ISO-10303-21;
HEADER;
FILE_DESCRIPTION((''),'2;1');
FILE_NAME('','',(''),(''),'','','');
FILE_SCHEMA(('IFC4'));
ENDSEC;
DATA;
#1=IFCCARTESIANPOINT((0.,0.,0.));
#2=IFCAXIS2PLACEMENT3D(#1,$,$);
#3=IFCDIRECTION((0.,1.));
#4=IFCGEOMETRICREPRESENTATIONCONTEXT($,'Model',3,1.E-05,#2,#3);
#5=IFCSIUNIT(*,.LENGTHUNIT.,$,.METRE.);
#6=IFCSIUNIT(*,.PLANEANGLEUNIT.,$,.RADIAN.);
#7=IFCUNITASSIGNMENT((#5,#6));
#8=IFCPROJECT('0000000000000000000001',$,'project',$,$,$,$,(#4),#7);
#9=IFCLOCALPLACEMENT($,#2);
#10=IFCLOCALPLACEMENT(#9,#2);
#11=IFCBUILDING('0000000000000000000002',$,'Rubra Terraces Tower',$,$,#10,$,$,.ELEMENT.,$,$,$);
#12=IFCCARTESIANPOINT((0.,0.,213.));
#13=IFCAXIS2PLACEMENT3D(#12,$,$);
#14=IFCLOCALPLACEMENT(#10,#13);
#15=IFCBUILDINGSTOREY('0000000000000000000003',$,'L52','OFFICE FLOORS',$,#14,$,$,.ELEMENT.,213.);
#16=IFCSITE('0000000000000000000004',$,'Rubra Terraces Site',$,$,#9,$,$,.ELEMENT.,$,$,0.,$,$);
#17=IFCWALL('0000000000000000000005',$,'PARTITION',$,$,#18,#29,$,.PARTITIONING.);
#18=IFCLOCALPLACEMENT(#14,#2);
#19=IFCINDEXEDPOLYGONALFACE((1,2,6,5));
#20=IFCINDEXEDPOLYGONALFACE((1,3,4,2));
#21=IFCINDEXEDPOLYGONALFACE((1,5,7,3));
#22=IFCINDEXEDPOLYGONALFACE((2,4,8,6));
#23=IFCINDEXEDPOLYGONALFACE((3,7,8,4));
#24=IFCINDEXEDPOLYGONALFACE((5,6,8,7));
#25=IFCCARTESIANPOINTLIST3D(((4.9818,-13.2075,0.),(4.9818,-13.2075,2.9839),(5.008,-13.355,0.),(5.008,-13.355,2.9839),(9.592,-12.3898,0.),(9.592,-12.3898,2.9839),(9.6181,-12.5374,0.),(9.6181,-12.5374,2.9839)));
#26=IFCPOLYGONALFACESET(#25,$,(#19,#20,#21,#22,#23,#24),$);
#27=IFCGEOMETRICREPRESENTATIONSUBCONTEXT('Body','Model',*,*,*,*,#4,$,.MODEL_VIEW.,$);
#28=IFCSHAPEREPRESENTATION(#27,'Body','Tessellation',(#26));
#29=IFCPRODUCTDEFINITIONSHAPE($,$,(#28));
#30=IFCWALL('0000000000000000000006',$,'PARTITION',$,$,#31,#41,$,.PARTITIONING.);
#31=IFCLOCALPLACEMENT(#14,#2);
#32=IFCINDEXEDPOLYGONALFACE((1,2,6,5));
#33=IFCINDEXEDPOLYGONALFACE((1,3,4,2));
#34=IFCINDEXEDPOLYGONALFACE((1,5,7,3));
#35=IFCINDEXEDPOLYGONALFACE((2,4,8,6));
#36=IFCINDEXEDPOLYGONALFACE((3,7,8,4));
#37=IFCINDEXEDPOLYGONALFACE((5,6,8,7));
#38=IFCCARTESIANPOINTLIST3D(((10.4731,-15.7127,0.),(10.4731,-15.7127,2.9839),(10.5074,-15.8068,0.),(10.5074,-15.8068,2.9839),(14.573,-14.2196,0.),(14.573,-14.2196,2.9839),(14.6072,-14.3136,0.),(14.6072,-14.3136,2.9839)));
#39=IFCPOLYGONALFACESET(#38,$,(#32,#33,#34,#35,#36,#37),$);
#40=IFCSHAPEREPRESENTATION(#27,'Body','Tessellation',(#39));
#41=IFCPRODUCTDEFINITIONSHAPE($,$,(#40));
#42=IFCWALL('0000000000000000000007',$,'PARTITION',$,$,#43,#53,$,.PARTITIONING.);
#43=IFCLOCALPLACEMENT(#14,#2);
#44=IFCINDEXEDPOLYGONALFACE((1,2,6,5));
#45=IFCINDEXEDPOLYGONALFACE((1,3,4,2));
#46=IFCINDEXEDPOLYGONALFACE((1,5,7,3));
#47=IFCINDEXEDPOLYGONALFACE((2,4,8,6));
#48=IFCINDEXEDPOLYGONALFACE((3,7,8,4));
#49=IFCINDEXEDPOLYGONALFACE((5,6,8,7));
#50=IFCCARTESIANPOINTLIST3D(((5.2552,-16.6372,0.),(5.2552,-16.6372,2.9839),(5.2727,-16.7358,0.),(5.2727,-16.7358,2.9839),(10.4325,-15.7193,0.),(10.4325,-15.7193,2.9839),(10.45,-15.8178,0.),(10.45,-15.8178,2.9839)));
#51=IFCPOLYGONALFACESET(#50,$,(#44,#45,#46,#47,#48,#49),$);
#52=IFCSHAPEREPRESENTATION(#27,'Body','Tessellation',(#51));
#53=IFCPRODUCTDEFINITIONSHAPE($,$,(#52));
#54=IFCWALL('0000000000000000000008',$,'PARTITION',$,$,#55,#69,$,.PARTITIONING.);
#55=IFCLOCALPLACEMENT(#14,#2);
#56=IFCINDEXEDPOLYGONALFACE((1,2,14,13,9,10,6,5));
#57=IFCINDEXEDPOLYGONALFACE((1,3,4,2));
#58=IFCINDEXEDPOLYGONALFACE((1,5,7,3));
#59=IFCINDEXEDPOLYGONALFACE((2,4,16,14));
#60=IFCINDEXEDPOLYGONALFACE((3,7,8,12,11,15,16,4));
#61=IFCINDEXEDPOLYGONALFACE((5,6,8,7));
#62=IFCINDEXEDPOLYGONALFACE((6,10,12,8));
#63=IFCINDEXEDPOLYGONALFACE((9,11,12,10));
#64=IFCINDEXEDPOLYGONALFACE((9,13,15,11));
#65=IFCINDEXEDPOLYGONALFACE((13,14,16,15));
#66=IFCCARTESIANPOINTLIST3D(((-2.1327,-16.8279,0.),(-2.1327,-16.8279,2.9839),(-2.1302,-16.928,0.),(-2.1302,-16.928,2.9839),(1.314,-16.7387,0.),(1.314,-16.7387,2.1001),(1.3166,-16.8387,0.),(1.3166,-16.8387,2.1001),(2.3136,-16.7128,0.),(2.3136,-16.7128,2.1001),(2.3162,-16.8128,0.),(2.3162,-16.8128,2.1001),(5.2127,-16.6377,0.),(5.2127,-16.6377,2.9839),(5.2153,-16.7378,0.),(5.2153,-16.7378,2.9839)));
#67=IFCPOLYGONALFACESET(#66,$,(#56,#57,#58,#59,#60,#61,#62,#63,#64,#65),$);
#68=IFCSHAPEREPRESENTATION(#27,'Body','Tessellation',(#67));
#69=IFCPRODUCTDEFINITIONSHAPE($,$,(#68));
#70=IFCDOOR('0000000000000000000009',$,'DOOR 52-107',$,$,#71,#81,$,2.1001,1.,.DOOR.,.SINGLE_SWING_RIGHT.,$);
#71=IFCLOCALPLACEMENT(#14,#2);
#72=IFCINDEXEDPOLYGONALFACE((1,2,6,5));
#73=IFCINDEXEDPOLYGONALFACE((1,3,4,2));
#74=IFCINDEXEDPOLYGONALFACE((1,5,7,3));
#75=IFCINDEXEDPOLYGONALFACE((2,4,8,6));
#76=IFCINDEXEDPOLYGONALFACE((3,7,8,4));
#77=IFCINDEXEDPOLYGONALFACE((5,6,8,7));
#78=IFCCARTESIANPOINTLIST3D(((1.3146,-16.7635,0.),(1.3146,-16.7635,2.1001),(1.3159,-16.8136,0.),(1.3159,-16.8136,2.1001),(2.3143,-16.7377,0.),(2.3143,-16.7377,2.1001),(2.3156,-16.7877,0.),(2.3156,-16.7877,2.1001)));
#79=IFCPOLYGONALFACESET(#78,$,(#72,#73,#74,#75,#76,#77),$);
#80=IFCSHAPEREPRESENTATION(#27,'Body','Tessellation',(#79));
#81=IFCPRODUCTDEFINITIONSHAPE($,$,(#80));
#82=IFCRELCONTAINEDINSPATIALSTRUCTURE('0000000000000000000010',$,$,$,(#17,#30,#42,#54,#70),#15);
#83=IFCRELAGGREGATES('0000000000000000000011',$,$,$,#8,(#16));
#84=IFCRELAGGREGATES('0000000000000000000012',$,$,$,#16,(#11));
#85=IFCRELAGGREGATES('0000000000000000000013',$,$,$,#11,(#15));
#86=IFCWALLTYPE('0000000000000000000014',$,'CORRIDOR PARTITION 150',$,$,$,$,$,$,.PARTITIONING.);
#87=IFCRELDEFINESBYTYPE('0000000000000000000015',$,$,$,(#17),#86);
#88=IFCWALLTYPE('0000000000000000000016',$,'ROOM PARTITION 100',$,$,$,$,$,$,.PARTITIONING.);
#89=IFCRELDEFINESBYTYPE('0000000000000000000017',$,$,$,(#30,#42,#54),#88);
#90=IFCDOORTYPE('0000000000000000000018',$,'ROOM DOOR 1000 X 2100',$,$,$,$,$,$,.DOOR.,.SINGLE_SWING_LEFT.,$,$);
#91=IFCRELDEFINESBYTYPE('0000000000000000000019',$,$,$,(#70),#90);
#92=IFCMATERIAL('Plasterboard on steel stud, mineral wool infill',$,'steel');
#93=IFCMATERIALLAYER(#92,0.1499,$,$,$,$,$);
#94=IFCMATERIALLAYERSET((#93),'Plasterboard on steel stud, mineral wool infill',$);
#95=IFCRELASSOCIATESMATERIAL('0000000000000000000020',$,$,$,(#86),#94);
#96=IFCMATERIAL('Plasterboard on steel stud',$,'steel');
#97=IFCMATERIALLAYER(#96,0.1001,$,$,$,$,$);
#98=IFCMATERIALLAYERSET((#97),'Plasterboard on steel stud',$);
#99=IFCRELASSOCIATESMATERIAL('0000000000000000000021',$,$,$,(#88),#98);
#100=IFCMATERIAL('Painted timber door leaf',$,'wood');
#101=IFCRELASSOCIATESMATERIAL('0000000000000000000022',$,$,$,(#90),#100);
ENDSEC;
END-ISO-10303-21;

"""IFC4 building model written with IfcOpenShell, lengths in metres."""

from ifc_helpers import new_model, si_unit, direction, frame, frame_2d, origin, place, context, subcontext, project, spatial, rectangle, extrude, material, layer, layer_set, type_object, element, fill, save


model = new_model("IFC4")

# Units and contexts
model_context = context("Model", 3, precision=1e-05, world=origin(), true_north=direction((0.0, 1.0)))
body_context = subcontext(model_context, "Body", "Model", "MODEL_VIEW")
ifc_project = project(units=[si_unit("LENGTHUNIT", "METRE"), si_unit("PLANEANGLEUNIT", "RADIAN")], contexts=[model_context])

# Site, building, storey
site_placement = place(None, origin())
site = spatial("IfcSite", under=ifc_project, at=site_placement, Name="Rubra Terraces Site", CompositionType="ELEMENT", RefElevation=0.0)
building_placement = place(site_placement, origin())
building = spatial("IfcBuilding", under=site, at=building_placement, Name="Rubra Terraces Tower", CompositionType="ELEMENT")
storey_placement = place(building_placement, frame((0.0, 0.0, 213.0)))
storey = spatial("IfcBuildingStorey", under=building, at=storey_placement, Name="L52", Description="OFFICE FLOORS", CompositionType="ELEMENT", Elevation=213.0)

# Walls
ifc_material_1 = material(Name="Plasterboard on steel stud, mineral wool infill", Category="steel")
ifc_layer_1 = layer(ifc_material_1, 0.1499)
ifc_layer_set_1 = layer_set([ifc_layer_1], Name="Plasterboard on steel stud, mineral wool infill")
wall_type_1 = type_object("IfcWallType", Name="CORRIDOR PARTITION 150", PredefinedType="PARTITIONING", material=ifc_layer_set_1)
wall_1_placement = place(storey_placement, frame((4.9949, -13.2812, 0.0), z_axis=(0.0, 0.0, 1.0), x_axis=(0.984634, 0.17463, 0.0)))
element("IfcWall", 1, at=wall_1_placement, inside=storey, type_object=wall_type_1, Name="PARTITION", PredefinedType="PARTITIONING", context=body_context, shape_type="SweptSolid", body=[
    extrude(rectangle(XDim=4.6821, YDim=0.1499, at=frame_2d((2.3411, 0.0))), origin(), (0.0, 0.0, 1.0), 2.9839),
])
ifc_material_2 = material(Name="Plasterboard on steel stud", Category="steel")
ifc_layer_2 = layer(ifc_material_2, 0.1001)
ifc_layer_set_2 = layer_set([ifc_layer_2], Name="Plasterboard on steel stud")
wall_type_2 = type_object("IfcWallType", Name="ROOM PARTITION 100", PredefinedType="PARTITIONING", material=ifc_layer_set_2)
wall_2_placement = place(storey_placement, frame((14.5901, -14.2666, 0.0), z_axis=(0.0, 0.0, 1.0), x_axis=(-0.939623, -0.34221, 0.0)))
element("IfcWall", 2, at=wall_2_placement, inside=storey, type_object=wall_type_2, Name="PARTITION", PredefinedType="PARTITIONING", context=body_context, shape_type="SweptSolid", body=[
    extrude(rectangle(XDim=4.3633, YDim=0.1001, at=frame_2d((2.1816, 0.0))), origin(), (0.0, 0.0, 1.0), 2.9839),
])
wall_3_placement = place(storey_placement, frame((10.4412, -15.7686, 0.0), z_axis=(0.0, 0.0, 1.0), x_axis=(-0.984642, -0.174585, 0.0)))
element("IfcWall", 3, at=wall_3_placement, inside=storey, type_object=wall_type_2, Name="PARTITION", PredefinedType="PARTITIONING", context=body_context, shape_type="SweptSolid", body=[
    extrude(rectangle(XDim=5.2581, YDim=0.1001, at=frame_2d((2.6289, 0.0))), origin(), (0.0, 0.0, 1.0), 2.9839),
])

# Wall, opening, door
wall_4_placement = place(storey_placement, frame((5.2139, -16.6877, 0.0), z_axis=(0.0, 0.0, 1.0), x_axis=(-0.999665, -0.025883, 0.0)))
wall_4 = element("IfcWall", 4, at=wall_4_placement, inside=storey, type_object=wall_type_2, Name="PARTITION", PredefinedType="PARTITIONING", context=body_context, shape_type="SweptSolid", body=[
    extrude(rectangle(XDim=7.3479, YDim=0.1001, at=frame_2d((3.6738, 0.0))), origin(), (0.0, 0.0, 1.0), 2.9839),
])
opening_1_placement = place(wall_4_placement, frame((2.8999, 0.0, 0.0)))
opening_1 = element("IfcOpeningElement", 5, at=opening_1_placement, cuts=wall_4, PredefinedType="OPENING", context=body_context, shape_type="SweptSolid", body=[
    extrude(rectangle(XDim=1.0, YDim=2.1001, at=frame_2d((0.5, 1.05))), frame((0.0, 0.0601, 0.0), z_axis=(0.0, -1.0, 0.0), x_axis=(1.0, 0.0, 0.0)), (0.0, 0.0, 1.0), 0.1201),
])
ifc_material_3 = material(Name="Painted timber door leaf", Category="wood")
door_type = type_object("IfcDoorType", Name="ROOM DOOR 1000 X 2100", OperationType="SINGLE_SWING_LEFT", PredefinedType="DOOR", material=ifc_material_3)
door_placement = place(opening_1_placement, origin())
door = element("IfcDoor", 6, at=door_placement, inside=storey, type_object=door_type, Name="DOOR 52-107", OperationType="SINGLE_SWING_RIGHT", OverallHeight=2.1001, OverallWidth=1.0, PredefinedType="DOOR", context=body_context, shape_type="SweptSolid", body=[
    extrude(rectangle(XDim=1.0, YDim=2.1001, at=frame_2d((0.5, 1.05))), frame((0.0, 0.0249, 0.0), z_axis=(0.0, -1.0, 0.0), x_axis=(1.0, 0.0, 0.0)), (0.0, 0.0, 1.0), 0.05),
])
fill(opening_1, door)

save(model, "model.ifc")
